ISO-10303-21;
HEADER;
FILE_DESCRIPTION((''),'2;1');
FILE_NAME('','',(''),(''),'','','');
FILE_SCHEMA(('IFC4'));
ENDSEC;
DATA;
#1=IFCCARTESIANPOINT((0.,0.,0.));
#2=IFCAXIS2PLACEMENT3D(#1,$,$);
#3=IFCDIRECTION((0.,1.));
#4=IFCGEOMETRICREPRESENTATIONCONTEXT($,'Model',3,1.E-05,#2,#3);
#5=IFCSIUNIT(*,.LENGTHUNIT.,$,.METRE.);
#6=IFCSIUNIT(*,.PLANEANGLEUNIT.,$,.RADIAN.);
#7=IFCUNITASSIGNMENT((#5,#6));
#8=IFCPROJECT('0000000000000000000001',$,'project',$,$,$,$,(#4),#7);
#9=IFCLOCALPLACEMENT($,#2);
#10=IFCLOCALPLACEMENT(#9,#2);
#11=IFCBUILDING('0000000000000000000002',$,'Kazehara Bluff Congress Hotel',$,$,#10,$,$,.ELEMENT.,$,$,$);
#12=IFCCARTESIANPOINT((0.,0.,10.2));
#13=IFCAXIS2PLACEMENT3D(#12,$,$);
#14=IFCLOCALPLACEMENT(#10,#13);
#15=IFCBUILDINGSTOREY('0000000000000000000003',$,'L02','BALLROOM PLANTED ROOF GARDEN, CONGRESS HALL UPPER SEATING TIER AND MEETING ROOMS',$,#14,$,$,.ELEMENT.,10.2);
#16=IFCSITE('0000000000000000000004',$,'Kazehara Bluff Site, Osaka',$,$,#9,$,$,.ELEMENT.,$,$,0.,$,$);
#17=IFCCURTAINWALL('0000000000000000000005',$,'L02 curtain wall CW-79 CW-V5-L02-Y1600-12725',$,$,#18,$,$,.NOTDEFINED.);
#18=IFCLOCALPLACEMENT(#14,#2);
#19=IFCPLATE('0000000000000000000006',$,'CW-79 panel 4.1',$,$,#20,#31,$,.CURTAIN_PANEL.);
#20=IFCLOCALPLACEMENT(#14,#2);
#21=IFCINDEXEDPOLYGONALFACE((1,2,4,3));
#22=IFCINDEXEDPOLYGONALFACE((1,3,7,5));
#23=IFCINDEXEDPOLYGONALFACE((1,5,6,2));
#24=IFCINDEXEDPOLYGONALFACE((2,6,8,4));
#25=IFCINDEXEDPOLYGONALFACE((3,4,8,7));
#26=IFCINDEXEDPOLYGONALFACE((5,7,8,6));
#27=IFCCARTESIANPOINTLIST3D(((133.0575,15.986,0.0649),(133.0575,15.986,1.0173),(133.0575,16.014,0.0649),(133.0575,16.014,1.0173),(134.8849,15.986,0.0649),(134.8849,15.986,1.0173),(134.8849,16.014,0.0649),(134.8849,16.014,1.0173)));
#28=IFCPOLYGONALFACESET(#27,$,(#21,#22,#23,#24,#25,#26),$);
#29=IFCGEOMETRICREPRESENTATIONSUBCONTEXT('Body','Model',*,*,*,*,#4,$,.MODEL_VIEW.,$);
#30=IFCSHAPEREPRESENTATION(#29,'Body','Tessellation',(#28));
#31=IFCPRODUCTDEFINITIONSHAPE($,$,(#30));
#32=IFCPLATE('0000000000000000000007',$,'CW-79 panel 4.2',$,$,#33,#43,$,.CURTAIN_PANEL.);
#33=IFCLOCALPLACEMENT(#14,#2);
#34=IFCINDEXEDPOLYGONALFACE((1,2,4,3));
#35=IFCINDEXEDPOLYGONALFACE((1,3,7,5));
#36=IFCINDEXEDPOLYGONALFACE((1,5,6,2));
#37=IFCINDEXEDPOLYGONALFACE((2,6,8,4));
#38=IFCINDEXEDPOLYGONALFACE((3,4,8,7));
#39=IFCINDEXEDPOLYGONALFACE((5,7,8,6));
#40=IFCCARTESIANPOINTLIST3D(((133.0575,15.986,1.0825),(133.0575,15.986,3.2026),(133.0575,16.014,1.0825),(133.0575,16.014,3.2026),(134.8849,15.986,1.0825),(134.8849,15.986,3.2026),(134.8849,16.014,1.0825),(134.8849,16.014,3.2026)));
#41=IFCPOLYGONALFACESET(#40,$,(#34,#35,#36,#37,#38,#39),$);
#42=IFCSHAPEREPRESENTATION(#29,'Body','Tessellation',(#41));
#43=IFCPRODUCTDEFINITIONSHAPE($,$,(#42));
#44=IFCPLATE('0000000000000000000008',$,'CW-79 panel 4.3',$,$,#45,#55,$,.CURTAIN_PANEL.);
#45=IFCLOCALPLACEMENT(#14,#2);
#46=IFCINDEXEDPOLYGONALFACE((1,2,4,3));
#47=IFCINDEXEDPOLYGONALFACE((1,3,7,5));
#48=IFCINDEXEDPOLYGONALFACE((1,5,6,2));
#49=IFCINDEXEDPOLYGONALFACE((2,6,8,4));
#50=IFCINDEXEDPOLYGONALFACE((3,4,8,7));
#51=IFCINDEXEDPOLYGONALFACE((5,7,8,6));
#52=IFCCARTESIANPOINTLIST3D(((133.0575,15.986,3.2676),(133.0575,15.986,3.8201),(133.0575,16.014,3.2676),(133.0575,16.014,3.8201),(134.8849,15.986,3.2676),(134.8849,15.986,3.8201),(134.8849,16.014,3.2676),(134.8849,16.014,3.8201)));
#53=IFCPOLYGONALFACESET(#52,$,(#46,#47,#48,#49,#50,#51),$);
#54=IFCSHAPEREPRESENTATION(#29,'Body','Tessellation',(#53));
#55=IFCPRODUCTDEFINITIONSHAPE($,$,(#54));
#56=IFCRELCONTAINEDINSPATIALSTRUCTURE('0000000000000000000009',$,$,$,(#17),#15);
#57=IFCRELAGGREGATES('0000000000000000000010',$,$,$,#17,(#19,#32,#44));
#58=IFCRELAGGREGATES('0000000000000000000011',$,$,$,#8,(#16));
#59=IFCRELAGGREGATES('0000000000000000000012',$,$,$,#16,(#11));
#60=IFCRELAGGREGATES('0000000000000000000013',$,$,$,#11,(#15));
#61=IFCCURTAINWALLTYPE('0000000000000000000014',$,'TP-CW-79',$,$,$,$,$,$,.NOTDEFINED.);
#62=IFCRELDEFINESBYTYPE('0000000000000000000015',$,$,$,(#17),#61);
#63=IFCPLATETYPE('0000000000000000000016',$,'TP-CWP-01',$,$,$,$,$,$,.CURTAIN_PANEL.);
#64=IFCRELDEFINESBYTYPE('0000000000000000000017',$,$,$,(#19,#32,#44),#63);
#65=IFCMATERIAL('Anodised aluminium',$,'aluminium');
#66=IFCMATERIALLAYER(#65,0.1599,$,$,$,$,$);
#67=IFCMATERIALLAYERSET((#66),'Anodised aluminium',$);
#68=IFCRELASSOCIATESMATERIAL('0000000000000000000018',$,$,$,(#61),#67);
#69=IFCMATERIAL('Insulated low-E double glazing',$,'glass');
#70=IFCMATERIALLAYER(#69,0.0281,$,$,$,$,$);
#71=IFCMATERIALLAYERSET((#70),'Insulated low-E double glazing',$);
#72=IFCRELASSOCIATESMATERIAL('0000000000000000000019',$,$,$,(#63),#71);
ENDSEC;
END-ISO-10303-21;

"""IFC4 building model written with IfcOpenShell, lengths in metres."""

from ifc_helpers import new_model, si_unit, direction, frame, origin, origin_2d, place, context, subcontext, project, spatial, rectangle, extrude, material, layer, layer_set, type_object, element, aggregate, save


model = new_model("IFC4")

# Units and contexts
model_context = context("Model", 3, precision=1e-05, world=origin(), true_north=direction((0.0, 1.0)))
body_context = subcontext(model_context, "Body", "Model", "MODEL_VIEW")
ifc_project = project(units=[si_unit("LENGTHUNIT", "METRE"), si_unit("PLANEANGLEUNIT", "RADIAN")], contexts=[model_context])

# Site, building, storey
site_placement = place(None, origin())
site = spatial("IfcSite", under=ifc_project, at=site_placement, Name="Kazehara Bluff Site, Osaka", CompositionType="ELEMENT", RefElevation=0.0)
building_placement = place(site_placement, origin())
building = spatial("IfcBuilding", under=site, at=building_placement, Name="Kazehara Bluff Congress Hotel", CompositionType="ELEMENT")
storey_placement = place(building_placement, frame((0.0, 0.0, 10.2)))
storey = spatial("IfcBuildingStorey", under=building, at=storey_placement, Name="L02", Description="BALLROOM PLANTED ROOF GARDEN, CONGRESS HALL UPPER SEATING TIER AND MEETING ROOMS", CompositionType="ELEMENT", Elevation=10.2)

# Curtain wall
ifc_material_1 = material(Name="Anodised aluminium", Category="aluminium")
ifc_layer_1 = layer(ifc_material_1, 0.1599)
ifc_layer_set_1 = layer_set([ifc_layer_1], Name="Anodised aluminium")
curtain_wall_type_1 = type_object("IfcCurtainWallType", Name="TP-CW-79", PredefinedType="NOTDEFINED", material=ifc_layer_set_1)
curtain_wall_1_placement = place(storey_placement, origin())
curtain_wall_1 = element("IfcCurtainWall", 1, at=curtain_wall_1_placement, inside=storey, type_object=curtain_wall_type_1, Name="L02 curtain wall CW-79 CW-V5-L02-Y1600-12725", PredefinedType="NOTDEFINED")

# Plates
ifc_material_2 = material(Name="Insulated low-E double glazing", Category="glass")
ifc_layer_2 = layer(ifc_material_2, 0.0281)
ifc_layer_set_2 = layer_set([ifc_layer_2], Name="Insulated low-E double glazing")
plate_type = type_object("IfcPlateType", Name="TP-CWP-01", PredefinedType="CURTAIN_PANEL", material=ifc_layer_set_2)
plate_1_placement = place(storey_placement, frame((133.9712, 16.0, 0.0649), z_axis=(0.0, 0.0, 1.0), x_axis=(1.0, 0.0, 0.0)))
plate_1 = element("IfcPlate", 2, at=plate_1_placement, type_object=plate_type, Name="CW-79 panel 4.1", PredefinedType="CURTAIN_PANEL", context=body_context, shape_type="SweptSolid", body=[
    extrude(rectangle(XDim=1.8274, YDim=0.0281, at=origin_2d()), origin(), (0.0, 0.0, 1.0), 0.9524),
])
plate_2_placement = place(storey_placement, frame((133.9712, 16.0, 1.0825), z_axis=(0.0, 0.0, 1.0), x_axis=(1.0, 0.0, 0.0)))
plate_2 = element("IfcPlate", 3, at=plate_2_placement, type_object=plate_type, Name="CW-79 panel 4.2", PredefinedType="CURTAIN_PANEL", context=body_context, shape_type="SweptSolid", body=[
    extrude(rectangle(XDim=1.8274, YDim=0.0281, at=origin_2d()), origin(), (0.0, 0.0, 1.0), 2.1201),
])
plate_3_placement = place(storey_placement, frame((133.9712, 16.0, 3.2676), z_axis=(0.0, 0.0, 1.0), x_axis=(1.0, 0.0, 0.0)))
plate_3 = element("IfcPlate", 4, at=plate_3_placement, type_object=plate_type, Name="CW-79 panel 4.3", PredefinedType="CURTAIN_PANEL", context=body_context, shape_type="SweptSolid", body=[
    extrude(rectangle(XDim=1.8274, YDim=0.0281, at=origin_2d()), origin(), (0.0, 0.0, 1.0), 0.5525),
])
aggregate(curtain_wall_1, [plate_1, plate_2, plate_3])

save(model, "model.ifc")
